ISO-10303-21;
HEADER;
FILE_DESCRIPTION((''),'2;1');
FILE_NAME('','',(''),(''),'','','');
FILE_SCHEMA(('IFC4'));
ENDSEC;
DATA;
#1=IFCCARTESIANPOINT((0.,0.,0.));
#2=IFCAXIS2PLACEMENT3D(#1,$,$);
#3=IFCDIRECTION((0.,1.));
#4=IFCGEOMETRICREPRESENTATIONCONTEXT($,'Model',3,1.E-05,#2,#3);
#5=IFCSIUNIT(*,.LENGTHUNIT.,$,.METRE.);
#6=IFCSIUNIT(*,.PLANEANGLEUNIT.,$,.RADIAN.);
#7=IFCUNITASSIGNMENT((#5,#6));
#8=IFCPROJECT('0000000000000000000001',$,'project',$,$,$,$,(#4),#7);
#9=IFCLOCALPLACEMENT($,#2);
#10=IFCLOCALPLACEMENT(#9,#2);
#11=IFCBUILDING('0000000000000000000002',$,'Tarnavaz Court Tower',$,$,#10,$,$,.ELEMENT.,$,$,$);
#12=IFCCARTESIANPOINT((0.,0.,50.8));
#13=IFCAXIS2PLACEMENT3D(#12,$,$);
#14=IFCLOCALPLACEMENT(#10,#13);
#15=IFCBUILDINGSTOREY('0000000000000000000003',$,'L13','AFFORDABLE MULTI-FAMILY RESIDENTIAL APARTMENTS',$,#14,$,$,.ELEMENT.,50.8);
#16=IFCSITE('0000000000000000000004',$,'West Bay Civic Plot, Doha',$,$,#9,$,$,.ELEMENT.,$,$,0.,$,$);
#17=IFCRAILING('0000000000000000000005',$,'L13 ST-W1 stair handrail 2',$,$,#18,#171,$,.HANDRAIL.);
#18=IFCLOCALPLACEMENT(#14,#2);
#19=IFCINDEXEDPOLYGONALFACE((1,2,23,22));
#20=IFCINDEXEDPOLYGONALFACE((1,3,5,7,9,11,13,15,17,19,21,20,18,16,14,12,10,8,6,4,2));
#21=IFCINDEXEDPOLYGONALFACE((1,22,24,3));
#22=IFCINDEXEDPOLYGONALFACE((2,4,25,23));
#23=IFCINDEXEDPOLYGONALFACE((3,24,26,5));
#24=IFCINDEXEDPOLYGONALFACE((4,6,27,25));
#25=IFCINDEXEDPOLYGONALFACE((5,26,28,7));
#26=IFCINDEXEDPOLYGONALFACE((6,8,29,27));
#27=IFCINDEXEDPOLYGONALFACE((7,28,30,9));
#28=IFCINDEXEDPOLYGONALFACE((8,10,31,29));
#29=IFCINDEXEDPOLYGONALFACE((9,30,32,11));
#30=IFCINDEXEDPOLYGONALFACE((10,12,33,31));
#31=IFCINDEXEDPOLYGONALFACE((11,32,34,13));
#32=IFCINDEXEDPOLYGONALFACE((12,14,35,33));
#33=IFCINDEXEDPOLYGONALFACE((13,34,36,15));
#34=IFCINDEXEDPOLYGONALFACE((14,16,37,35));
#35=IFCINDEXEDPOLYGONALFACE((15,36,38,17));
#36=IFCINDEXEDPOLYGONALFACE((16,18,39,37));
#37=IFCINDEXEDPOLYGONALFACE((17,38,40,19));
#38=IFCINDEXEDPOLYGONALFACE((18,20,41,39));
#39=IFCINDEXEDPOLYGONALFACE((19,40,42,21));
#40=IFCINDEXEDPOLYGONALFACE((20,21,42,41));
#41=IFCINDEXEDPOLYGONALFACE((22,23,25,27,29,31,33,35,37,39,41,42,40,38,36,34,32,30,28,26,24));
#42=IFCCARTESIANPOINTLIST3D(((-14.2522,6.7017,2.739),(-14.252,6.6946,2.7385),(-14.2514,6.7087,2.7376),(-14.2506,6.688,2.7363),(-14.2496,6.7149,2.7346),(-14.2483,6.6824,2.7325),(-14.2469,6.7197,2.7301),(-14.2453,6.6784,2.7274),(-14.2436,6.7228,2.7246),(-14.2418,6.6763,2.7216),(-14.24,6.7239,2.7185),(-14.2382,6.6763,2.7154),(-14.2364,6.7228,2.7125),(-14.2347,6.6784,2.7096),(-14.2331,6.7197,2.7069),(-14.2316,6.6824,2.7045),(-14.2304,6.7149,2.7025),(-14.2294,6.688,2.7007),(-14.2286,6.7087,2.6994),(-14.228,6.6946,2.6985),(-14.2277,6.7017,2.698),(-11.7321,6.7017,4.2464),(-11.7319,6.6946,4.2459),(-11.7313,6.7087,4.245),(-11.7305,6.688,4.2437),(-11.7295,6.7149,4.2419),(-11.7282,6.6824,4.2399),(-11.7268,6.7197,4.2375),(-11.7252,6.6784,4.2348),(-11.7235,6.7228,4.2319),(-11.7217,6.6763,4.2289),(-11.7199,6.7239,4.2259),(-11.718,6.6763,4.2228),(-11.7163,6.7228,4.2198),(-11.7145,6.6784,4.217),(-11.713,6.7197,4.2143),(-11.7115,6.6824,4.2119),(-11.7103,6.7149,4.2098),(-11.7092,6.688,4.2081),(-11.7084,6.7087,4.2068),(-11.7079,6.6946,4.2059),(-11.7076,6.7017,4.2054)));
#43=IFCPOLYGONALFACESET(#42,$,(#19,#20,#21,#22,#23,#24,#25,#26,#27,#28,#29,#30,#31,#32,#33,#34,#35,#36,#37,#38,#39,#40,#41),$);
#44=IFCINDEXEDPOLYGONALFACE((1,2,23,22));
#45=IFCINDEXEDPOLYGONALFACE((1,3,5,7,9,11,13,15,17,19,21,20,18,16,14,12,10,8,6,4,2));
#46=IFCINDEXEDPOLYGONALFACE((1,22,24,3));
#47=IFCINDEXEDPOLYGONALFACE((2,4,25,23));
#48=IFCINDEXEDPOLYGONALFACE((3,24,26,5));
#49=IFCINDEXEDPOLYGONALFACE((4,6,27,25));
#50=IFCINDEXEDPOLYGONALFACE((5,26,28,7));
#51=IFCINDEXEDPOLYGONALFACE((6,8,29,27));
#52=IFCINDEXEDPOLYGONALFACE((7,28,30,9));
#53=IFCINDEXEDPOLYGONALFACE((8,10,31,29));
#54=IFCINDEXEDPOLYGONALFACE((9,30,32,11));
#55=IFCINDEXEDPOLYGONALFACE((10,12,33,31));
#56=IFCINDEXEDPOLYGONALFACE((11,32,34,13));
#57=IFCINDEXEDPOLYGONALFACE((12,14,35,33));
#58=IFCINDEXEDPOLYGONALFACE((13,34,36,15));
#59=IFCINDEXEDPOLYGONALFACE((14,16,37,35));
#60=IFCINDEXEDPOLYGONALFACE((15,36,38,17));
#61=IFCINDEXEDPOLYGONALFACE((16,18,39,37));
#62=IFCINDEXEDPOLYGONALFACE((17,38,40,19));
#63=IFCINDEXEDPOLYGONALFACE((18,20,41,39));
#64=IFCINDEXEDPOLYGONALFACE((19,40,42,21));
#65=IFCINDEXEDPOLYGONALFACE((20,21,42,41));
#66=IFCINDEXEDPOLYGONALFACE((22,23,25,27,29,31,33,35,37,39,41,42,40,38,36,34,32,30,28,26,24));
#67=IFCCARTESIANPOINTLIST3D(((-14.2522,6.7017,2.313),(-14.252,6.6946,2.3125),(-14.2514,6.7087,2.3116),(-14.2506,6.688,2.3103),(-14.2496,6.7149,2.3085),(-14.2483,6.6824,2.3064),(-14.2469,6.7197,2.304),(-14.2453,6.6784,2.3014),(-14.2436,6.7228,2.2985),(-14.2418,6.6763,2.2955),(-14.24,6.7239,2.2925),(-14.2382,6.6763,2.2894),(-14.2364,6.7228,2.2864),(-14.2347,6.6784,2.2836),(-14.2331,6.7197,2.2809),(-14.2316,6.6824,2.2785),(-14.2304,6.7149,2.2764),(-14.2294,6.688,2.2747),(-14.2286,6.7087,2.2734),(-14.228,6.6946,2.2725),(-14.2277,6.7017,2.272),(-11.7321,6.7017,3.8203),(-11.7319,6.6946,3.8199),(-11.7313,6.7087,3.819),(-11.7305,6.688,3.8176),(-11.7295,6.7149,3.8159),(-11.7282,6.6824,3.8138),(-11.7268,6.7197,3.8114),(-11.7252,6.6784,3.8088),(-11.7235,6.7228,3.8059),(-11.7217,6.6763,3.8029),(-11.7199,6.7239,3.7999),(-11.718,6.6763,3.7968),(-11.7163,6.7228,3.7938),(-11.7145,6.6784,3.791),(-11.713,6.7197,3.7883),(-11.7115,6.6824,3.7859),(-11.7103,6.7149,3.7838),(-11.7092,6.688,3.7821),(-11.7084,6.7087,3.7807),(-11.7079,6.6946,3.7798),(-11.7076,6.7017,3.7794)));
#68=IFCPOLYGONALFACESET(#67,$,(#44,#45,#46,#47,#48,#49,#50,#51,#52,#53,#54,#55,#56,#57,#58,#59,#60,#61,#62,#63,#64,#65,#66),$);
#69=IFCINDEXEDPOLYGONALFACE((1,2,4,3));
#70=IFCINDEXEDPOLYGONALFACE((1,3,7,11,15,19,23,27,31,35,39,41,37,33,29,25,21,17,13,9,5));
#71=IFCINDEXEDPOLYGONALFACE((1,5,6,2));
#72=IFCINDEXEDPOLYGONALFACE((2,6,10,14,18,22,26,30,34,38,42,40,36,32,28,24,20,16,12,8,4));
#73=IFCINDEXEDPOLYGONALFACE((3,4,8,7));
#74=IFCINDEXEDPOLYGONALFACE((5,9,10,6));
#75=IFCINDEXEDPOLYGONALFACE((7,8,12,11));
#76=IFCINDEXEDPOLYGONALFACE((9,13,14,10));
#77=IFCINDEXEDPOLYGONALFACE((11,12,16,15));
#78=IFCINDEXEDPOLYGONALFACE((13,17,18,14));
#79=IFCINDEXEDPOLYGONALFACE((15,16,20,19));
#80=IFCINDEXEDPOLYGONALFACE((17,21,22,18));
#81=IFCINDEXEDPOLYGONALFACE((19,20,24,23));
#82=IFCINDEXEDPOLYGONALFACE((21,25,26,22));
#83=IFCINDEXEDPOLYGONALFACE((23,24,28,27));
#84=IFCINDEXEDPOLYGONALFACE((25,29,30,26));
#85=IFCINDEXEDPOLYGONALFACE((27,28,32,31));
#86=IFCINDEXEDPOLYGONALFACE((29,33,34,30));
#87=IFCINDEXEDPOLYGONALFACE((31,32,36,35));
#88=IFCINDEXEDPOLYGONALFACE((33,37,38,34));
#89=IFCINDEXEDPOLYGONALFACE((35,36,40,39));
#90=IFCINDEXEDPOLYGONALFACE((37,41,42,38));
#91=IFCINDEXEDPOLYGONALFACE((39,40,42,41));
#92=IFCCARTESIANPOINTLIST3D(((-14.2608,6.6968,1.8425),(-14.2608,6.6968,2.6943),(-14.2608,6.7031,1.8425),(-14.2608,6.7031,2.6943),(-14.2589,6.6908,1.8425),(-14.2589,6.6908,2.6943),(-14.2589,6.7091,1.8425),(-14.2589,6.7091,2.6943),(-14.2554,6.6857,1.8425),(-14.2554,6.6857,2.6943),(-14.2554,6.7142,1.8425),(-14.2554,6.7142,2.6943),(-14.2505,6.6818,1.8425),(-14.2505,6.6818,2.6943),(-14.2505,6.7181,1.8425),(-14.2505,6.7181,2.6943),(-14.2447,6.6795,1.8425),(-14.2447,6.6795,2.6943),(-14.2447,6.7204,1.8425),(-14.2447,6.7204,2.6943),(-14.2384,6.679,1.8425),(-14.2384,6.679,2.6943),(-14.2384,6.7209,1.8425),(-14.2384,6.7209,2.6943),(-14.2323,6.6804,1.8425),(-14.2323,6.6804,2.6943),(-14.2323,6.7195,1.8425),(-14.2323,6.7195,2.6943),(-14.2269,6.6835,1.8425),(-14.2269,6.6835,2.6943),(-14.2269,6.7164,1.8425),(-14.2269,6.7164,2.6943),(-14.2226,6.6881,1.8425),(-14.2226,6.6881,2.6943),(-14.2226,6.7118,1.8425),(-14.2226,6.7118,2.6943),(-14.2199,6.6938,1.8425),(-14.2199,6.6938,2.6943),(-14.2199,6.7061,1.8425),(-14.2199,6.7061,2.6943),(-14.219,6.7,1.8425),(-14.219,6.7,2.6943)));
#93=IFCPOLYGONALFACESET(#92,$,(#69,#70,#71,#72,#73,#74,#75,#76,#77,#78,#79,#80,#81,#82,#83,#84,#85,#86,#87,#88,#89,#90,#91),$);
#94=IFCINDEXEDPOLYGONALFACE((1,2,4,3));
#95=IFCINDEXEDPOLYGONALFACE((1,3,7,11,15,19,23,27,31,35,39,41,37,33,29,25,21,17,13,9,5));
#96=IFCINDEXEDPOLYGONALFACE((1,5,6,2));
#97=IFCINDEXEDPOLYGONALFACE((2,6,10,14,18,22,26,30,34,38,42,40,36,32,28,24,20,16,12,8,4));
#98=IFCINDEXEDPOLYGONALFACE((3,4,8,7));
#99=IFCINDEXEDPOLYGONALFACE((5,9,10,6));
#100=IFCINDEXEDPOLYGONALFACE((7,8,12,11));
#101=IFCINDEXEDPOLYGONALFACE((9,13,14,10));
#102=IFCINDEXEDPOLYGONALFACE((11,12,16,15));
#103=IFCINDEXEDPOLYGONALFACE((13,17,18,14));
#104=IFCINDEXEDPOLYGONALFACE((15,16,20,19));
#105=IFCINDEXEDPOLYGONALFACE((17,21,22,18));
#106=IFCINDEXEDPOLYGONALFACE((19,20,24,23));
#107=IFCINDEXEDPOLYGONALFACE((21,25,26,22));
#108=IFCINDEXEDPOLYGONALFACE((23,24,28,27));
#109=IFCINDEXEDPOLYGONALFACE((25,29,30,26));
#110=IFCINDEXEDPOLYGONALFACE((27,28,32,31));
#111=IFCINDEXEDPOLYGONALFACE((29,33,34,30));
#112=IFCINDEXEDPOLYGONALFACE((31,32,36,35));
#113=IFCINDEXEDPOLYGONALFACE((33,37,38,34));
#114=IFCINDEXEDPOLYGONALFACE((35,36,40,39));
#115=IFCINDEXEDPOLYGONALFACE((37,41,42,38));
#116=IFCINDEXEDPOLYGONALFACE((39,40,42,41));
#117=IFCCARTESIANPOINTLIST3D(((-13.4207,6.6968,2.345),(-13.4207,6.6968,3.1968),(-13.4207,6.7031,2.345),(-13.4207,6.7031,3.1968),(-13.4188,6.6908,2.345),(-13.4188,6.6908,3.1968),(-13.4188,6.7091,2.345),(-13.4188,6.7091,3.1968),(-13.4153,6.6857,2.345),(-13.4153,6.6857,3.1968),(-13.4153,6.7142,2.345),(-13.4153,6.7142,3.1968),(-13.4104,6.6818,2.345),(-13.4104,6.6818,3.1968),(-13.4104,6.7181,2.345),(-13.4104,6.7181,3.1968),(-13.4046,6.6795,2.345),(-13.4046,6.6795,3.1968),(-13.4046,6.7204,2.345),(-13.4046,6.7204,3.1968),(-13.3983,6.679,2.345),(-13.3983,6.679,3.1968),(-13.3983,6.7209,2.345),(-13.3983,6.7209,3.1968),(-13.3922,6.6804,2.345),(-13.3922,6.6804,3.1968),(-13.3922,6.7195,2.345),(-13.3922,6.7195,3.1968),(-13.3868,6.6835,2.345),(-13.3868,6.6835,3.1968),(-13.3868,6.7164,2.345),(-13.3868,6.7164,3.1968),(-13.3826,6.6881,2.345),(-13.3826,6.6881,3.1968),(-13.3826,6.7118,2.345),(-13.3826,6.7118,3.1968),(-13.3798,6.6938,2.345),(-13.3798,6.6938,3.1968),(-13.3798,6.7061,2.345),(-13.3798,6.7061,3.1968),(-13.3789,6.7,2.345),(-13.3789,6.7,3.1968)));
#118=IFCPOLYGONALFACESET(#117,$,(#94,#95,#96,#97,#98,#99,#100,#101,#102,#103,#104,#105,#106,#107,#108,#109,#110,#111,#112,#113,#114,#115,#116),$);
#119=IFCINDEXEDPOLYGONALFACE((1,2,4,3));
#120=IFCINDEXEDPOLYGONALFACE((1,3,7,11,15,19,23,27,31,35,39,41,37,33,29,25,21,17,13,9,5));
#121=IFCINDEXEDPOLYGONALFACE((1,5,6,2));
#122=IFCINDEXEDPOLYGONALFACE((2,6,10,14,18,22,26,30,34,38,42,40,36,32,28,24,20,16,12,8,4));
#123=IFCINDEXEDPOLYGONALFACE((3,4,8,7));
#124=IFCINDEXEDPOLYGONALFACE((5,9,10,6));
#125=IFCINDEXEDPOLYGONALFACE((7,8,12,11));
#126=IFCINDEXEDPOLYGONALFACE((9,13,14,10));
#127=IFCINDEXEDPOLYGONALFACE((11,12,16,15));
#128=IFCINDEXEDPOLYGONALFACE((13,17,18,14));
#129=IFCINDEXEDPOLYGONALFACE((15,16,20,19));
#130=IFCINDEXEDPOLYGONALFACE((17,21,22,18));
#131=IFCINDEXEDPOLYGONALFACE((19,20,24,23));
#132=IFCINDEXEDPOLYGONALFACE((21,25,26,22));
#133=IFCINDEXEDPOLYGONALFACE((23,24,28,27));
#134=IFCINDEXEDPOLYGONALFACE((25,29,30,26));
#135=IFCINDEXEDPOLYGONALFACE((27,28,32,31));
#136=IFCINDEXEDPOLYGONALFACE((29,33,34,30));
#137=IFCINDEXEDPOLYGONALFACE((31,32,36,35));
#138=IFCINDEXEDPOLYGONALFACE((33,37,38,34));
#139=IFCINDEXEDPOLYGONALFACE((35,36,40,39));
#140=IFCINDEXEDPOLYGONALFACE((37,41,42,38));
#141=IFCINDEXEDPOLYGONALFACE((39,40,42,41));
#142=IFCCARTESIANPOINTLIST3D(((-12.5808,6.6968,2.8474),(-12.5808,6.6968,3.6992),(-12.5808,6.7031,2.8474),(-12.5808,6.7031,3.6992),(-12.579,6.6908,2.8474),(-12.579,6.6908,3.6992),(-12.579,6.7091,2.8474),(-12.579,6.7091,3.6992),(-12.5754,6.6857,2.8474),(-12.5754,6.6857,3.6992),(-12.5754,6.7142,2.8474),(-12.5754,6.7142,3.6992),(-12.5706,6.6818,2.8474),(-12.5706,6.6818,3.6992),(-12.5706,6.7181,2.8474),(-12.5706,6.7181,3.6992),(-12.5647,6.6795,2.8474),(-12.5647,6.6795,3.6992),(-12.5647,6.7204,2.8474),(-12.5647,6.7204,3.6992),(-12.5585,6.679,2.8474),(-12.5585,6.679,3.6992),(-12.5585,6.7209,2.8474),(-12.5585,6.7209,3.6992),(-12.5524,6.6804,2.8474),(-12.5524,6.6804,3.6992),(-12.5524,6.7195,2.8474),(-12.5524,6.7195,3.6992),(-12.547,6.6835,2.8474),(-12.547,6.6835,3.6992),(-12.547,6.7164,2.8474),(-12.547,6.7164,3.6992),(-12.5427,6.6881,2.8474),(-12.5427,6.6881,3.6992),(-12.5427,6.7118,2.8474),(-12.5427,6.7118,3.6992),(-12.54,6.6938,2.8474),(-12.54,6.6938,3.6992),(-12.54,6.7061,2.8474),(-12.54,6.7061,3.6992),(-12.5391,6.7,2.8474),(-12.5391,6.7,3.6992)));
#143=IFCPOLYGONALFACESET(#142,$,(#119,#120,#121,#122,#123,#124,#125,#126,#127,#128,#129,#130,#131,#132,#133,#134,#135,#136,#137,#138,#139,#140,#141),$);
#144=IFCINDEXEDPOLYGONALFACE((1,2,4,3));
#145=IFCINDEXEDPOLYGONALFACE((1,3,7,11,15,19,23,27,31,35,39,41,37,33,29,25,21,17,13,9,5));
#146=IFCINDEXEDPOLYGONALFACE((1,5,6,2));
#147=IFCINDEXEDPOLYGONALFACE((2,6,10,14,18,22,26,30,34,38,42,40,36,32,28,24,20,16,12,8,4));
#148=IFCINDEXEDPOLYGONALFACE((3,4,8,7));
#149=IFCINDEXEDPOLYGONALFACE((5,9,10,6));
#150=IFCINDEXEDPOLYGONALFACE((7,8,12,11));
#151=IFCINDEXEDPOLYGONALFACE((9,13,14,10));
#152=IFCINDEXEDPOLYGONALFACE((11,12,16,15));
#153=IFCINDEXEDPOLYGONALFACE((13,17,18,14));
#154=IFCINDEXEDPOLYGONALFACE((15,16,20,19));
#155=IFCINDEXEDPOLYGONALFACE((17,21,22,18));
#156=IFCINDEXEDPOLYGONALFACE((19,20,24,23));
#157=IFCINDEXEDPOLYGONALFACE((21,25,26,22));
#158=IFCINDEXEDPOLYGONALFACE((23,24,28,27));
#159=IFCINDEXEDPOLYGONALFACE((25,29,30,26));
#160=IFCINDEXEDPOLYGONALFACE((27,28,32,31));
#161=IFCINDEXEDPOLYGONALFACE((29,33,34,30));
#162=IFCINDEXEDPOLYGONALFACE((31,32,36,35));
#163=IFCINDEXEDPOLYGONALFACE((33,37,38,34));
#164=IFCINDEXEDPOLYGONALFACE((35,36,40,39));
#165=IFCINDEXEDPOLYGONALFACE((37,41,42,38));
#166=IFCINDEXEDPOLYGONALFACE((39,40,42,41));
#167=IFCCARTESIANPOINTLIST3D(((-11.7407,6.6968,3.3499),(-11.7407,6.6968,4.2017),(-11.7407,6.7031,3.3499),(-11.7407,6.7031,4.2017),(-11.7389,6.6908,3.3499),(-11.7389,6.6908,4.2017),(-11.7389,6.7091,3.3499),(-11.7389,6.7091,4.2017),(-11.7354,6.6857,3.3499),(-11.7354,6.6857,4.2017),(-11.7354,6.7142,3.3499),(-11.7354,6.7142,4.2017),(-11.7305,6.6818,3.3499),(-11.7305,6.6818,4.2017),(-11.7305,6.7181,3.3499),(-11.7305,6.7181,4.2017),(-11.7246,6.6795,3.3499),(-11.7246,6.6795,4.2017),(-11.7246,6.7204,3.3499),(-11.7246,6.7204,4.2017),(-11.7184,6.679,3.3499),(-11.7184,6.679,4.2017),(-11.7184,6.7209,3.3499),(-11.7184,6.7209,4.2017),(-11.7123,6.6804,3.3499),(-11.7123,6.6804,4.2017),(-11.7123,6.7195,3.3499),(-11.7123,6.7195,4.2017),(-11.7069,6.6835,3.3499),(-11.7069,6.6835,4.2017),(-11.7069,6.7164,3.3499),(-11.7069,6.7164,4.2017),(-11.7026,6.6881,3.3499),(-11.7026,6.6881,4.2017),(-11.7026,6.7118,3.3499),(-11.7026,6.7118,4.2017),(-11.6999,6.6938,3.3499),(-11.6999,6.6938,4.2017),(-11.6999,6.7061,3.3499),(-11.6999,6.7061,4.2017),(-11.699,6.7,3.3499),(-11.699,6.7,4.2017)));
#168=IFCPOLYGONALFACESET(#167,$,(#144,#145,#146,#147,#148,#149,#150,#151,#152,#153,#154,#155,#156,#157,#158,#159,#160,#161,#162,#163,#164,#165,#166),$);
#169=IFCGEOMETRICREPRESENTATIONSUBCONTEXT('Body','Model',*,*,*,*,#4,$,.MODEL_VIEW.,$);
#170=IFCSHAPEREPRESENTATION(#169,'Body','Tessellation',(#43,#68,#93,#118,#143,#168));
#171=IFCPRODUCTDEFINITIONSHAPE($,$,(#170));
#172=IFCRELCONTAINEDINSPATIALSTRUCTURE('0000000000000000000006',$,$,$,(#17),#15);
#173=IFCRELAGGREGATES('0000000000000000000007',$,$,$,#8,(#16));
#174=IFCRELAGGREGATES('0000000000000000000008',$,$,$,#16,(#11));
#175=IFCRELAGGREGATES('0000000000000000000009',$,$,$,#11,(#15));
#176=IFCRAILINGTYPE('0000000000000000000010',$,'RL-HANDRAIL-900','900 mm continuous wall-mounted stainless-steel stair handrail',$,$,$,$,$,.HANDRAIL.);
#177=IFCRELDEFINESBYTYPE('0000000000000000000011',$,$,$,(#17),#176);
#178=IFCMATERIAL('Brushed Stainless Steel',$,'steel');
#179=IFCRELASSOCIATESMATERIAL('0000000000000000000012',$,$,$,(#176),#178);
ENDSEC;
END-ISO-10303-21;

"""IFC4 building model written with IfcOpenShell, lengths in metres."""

from ifc_helpers import new_model, si_unit, direction, frame, origin, origin_2d, place, context, subcontext, project, spatial, circle, extrude, material, type_object, element, save


model = new_model("IFC4")

# Units and contexts
model_context = context("Model", 3, precision=1e-05, world=origin(), true_north=direction((0.0, 1.0)))
body_context = subcontext(model_context, "Body", "Model", "MODEL_VIEW")
ifc_project = project(units=[si_unit("LENGTHUNIT", "METRE"), si_unit("PLANEANGLEUNIT", "RADIAN")], contexts=[model_context])

# Site, building, storey
site_placement = place(None, origin())
site = spatial("IfcSite", under=ifc_project, at=site_placement, Name="West Bay Civic Plot, Doha", CompositionType="ELEMENT", RefElevation=0.0)
building_placement = place(site_placement, origin())
building = spatial("IfcBuilding", under=site, at=building_placement, Name="Tarnavaz Court Tower", CompositionType="ELEMENT")
storey_placement = place(building_placement, frame((0.0, 0.0, 50.8)))
storey = spatial("IfcBuildingStorey", under=building, at=storey_placement, Name="L13", Description="AFFORDABLE MULTI-FAMILY RESIDENTIAL APARTMENTS", CompositionType="ELEMENT", Elevation=50.8)

# Railing
ifc_material_1 = material(Name="Brushed Stainless Steel", Category="steel")
railing_type_1 = type_object("IfcRailingType", Name="RL-HANDRAIL-900", Description="900 mm continuous wall-mounted stainless-steel stair handrail", PredefinedType="HANDRAIL", material=ifc_material_1)
railing_1_placement = place(storey_placement, frame((-14.24, 6.7, 1.8425)))
element("IfcRailing", 1, at=railing_1_placement, inside=storey, type_object=railing_type_1, Name="L13 ST-W1 stair handrail 2", PredefinedType="HANDRAIL", context=body_context, shape_type="SweptSolid", body=[
    extrude(circle(Radius=0.0239, at=origin_2d()), frame((0.0, 0.0, 0.876), z_axis=(0.858196, 0.0, 0.513321), x_axis=(0.0, 1.0, 0.0)), (0.0, 0.0, 1.0), 2.9365),
    extrude(circle(Radius=0.0239, at=origin_2d()), frame((0.0, 0.0, 0.45), z_axis=(0.858196, 0.0, 0.513321), x_axis=(0.0, 1.0, 0.0)), (0.0, 0.0, 1.0), 2.9365),
    extrude(circle(Radius=0.021, at=origin_2d()), origin(), (0.0, 0.0, 1.0), 0.8518),
    extrude(circle(Radius=0.021, at=origin_2d()), frame((0.8401, 0.0, 0.5024)), (0.0, 0.0, 1.0), 0.8518),
    extrude(circle(Radius=0.021, at=origin_2d()), frame((1.6799, 0.0, 1.0049)), (0.0, 0.0, 1.0), 0.8518),
    extrude(circle(Radius=0.021, at=origin_2d()), frame((2.52, 0.0, 1.5073)), (0.0, 0.0, 1.0), 0.8518),
])

save(model, "model.ifc")
